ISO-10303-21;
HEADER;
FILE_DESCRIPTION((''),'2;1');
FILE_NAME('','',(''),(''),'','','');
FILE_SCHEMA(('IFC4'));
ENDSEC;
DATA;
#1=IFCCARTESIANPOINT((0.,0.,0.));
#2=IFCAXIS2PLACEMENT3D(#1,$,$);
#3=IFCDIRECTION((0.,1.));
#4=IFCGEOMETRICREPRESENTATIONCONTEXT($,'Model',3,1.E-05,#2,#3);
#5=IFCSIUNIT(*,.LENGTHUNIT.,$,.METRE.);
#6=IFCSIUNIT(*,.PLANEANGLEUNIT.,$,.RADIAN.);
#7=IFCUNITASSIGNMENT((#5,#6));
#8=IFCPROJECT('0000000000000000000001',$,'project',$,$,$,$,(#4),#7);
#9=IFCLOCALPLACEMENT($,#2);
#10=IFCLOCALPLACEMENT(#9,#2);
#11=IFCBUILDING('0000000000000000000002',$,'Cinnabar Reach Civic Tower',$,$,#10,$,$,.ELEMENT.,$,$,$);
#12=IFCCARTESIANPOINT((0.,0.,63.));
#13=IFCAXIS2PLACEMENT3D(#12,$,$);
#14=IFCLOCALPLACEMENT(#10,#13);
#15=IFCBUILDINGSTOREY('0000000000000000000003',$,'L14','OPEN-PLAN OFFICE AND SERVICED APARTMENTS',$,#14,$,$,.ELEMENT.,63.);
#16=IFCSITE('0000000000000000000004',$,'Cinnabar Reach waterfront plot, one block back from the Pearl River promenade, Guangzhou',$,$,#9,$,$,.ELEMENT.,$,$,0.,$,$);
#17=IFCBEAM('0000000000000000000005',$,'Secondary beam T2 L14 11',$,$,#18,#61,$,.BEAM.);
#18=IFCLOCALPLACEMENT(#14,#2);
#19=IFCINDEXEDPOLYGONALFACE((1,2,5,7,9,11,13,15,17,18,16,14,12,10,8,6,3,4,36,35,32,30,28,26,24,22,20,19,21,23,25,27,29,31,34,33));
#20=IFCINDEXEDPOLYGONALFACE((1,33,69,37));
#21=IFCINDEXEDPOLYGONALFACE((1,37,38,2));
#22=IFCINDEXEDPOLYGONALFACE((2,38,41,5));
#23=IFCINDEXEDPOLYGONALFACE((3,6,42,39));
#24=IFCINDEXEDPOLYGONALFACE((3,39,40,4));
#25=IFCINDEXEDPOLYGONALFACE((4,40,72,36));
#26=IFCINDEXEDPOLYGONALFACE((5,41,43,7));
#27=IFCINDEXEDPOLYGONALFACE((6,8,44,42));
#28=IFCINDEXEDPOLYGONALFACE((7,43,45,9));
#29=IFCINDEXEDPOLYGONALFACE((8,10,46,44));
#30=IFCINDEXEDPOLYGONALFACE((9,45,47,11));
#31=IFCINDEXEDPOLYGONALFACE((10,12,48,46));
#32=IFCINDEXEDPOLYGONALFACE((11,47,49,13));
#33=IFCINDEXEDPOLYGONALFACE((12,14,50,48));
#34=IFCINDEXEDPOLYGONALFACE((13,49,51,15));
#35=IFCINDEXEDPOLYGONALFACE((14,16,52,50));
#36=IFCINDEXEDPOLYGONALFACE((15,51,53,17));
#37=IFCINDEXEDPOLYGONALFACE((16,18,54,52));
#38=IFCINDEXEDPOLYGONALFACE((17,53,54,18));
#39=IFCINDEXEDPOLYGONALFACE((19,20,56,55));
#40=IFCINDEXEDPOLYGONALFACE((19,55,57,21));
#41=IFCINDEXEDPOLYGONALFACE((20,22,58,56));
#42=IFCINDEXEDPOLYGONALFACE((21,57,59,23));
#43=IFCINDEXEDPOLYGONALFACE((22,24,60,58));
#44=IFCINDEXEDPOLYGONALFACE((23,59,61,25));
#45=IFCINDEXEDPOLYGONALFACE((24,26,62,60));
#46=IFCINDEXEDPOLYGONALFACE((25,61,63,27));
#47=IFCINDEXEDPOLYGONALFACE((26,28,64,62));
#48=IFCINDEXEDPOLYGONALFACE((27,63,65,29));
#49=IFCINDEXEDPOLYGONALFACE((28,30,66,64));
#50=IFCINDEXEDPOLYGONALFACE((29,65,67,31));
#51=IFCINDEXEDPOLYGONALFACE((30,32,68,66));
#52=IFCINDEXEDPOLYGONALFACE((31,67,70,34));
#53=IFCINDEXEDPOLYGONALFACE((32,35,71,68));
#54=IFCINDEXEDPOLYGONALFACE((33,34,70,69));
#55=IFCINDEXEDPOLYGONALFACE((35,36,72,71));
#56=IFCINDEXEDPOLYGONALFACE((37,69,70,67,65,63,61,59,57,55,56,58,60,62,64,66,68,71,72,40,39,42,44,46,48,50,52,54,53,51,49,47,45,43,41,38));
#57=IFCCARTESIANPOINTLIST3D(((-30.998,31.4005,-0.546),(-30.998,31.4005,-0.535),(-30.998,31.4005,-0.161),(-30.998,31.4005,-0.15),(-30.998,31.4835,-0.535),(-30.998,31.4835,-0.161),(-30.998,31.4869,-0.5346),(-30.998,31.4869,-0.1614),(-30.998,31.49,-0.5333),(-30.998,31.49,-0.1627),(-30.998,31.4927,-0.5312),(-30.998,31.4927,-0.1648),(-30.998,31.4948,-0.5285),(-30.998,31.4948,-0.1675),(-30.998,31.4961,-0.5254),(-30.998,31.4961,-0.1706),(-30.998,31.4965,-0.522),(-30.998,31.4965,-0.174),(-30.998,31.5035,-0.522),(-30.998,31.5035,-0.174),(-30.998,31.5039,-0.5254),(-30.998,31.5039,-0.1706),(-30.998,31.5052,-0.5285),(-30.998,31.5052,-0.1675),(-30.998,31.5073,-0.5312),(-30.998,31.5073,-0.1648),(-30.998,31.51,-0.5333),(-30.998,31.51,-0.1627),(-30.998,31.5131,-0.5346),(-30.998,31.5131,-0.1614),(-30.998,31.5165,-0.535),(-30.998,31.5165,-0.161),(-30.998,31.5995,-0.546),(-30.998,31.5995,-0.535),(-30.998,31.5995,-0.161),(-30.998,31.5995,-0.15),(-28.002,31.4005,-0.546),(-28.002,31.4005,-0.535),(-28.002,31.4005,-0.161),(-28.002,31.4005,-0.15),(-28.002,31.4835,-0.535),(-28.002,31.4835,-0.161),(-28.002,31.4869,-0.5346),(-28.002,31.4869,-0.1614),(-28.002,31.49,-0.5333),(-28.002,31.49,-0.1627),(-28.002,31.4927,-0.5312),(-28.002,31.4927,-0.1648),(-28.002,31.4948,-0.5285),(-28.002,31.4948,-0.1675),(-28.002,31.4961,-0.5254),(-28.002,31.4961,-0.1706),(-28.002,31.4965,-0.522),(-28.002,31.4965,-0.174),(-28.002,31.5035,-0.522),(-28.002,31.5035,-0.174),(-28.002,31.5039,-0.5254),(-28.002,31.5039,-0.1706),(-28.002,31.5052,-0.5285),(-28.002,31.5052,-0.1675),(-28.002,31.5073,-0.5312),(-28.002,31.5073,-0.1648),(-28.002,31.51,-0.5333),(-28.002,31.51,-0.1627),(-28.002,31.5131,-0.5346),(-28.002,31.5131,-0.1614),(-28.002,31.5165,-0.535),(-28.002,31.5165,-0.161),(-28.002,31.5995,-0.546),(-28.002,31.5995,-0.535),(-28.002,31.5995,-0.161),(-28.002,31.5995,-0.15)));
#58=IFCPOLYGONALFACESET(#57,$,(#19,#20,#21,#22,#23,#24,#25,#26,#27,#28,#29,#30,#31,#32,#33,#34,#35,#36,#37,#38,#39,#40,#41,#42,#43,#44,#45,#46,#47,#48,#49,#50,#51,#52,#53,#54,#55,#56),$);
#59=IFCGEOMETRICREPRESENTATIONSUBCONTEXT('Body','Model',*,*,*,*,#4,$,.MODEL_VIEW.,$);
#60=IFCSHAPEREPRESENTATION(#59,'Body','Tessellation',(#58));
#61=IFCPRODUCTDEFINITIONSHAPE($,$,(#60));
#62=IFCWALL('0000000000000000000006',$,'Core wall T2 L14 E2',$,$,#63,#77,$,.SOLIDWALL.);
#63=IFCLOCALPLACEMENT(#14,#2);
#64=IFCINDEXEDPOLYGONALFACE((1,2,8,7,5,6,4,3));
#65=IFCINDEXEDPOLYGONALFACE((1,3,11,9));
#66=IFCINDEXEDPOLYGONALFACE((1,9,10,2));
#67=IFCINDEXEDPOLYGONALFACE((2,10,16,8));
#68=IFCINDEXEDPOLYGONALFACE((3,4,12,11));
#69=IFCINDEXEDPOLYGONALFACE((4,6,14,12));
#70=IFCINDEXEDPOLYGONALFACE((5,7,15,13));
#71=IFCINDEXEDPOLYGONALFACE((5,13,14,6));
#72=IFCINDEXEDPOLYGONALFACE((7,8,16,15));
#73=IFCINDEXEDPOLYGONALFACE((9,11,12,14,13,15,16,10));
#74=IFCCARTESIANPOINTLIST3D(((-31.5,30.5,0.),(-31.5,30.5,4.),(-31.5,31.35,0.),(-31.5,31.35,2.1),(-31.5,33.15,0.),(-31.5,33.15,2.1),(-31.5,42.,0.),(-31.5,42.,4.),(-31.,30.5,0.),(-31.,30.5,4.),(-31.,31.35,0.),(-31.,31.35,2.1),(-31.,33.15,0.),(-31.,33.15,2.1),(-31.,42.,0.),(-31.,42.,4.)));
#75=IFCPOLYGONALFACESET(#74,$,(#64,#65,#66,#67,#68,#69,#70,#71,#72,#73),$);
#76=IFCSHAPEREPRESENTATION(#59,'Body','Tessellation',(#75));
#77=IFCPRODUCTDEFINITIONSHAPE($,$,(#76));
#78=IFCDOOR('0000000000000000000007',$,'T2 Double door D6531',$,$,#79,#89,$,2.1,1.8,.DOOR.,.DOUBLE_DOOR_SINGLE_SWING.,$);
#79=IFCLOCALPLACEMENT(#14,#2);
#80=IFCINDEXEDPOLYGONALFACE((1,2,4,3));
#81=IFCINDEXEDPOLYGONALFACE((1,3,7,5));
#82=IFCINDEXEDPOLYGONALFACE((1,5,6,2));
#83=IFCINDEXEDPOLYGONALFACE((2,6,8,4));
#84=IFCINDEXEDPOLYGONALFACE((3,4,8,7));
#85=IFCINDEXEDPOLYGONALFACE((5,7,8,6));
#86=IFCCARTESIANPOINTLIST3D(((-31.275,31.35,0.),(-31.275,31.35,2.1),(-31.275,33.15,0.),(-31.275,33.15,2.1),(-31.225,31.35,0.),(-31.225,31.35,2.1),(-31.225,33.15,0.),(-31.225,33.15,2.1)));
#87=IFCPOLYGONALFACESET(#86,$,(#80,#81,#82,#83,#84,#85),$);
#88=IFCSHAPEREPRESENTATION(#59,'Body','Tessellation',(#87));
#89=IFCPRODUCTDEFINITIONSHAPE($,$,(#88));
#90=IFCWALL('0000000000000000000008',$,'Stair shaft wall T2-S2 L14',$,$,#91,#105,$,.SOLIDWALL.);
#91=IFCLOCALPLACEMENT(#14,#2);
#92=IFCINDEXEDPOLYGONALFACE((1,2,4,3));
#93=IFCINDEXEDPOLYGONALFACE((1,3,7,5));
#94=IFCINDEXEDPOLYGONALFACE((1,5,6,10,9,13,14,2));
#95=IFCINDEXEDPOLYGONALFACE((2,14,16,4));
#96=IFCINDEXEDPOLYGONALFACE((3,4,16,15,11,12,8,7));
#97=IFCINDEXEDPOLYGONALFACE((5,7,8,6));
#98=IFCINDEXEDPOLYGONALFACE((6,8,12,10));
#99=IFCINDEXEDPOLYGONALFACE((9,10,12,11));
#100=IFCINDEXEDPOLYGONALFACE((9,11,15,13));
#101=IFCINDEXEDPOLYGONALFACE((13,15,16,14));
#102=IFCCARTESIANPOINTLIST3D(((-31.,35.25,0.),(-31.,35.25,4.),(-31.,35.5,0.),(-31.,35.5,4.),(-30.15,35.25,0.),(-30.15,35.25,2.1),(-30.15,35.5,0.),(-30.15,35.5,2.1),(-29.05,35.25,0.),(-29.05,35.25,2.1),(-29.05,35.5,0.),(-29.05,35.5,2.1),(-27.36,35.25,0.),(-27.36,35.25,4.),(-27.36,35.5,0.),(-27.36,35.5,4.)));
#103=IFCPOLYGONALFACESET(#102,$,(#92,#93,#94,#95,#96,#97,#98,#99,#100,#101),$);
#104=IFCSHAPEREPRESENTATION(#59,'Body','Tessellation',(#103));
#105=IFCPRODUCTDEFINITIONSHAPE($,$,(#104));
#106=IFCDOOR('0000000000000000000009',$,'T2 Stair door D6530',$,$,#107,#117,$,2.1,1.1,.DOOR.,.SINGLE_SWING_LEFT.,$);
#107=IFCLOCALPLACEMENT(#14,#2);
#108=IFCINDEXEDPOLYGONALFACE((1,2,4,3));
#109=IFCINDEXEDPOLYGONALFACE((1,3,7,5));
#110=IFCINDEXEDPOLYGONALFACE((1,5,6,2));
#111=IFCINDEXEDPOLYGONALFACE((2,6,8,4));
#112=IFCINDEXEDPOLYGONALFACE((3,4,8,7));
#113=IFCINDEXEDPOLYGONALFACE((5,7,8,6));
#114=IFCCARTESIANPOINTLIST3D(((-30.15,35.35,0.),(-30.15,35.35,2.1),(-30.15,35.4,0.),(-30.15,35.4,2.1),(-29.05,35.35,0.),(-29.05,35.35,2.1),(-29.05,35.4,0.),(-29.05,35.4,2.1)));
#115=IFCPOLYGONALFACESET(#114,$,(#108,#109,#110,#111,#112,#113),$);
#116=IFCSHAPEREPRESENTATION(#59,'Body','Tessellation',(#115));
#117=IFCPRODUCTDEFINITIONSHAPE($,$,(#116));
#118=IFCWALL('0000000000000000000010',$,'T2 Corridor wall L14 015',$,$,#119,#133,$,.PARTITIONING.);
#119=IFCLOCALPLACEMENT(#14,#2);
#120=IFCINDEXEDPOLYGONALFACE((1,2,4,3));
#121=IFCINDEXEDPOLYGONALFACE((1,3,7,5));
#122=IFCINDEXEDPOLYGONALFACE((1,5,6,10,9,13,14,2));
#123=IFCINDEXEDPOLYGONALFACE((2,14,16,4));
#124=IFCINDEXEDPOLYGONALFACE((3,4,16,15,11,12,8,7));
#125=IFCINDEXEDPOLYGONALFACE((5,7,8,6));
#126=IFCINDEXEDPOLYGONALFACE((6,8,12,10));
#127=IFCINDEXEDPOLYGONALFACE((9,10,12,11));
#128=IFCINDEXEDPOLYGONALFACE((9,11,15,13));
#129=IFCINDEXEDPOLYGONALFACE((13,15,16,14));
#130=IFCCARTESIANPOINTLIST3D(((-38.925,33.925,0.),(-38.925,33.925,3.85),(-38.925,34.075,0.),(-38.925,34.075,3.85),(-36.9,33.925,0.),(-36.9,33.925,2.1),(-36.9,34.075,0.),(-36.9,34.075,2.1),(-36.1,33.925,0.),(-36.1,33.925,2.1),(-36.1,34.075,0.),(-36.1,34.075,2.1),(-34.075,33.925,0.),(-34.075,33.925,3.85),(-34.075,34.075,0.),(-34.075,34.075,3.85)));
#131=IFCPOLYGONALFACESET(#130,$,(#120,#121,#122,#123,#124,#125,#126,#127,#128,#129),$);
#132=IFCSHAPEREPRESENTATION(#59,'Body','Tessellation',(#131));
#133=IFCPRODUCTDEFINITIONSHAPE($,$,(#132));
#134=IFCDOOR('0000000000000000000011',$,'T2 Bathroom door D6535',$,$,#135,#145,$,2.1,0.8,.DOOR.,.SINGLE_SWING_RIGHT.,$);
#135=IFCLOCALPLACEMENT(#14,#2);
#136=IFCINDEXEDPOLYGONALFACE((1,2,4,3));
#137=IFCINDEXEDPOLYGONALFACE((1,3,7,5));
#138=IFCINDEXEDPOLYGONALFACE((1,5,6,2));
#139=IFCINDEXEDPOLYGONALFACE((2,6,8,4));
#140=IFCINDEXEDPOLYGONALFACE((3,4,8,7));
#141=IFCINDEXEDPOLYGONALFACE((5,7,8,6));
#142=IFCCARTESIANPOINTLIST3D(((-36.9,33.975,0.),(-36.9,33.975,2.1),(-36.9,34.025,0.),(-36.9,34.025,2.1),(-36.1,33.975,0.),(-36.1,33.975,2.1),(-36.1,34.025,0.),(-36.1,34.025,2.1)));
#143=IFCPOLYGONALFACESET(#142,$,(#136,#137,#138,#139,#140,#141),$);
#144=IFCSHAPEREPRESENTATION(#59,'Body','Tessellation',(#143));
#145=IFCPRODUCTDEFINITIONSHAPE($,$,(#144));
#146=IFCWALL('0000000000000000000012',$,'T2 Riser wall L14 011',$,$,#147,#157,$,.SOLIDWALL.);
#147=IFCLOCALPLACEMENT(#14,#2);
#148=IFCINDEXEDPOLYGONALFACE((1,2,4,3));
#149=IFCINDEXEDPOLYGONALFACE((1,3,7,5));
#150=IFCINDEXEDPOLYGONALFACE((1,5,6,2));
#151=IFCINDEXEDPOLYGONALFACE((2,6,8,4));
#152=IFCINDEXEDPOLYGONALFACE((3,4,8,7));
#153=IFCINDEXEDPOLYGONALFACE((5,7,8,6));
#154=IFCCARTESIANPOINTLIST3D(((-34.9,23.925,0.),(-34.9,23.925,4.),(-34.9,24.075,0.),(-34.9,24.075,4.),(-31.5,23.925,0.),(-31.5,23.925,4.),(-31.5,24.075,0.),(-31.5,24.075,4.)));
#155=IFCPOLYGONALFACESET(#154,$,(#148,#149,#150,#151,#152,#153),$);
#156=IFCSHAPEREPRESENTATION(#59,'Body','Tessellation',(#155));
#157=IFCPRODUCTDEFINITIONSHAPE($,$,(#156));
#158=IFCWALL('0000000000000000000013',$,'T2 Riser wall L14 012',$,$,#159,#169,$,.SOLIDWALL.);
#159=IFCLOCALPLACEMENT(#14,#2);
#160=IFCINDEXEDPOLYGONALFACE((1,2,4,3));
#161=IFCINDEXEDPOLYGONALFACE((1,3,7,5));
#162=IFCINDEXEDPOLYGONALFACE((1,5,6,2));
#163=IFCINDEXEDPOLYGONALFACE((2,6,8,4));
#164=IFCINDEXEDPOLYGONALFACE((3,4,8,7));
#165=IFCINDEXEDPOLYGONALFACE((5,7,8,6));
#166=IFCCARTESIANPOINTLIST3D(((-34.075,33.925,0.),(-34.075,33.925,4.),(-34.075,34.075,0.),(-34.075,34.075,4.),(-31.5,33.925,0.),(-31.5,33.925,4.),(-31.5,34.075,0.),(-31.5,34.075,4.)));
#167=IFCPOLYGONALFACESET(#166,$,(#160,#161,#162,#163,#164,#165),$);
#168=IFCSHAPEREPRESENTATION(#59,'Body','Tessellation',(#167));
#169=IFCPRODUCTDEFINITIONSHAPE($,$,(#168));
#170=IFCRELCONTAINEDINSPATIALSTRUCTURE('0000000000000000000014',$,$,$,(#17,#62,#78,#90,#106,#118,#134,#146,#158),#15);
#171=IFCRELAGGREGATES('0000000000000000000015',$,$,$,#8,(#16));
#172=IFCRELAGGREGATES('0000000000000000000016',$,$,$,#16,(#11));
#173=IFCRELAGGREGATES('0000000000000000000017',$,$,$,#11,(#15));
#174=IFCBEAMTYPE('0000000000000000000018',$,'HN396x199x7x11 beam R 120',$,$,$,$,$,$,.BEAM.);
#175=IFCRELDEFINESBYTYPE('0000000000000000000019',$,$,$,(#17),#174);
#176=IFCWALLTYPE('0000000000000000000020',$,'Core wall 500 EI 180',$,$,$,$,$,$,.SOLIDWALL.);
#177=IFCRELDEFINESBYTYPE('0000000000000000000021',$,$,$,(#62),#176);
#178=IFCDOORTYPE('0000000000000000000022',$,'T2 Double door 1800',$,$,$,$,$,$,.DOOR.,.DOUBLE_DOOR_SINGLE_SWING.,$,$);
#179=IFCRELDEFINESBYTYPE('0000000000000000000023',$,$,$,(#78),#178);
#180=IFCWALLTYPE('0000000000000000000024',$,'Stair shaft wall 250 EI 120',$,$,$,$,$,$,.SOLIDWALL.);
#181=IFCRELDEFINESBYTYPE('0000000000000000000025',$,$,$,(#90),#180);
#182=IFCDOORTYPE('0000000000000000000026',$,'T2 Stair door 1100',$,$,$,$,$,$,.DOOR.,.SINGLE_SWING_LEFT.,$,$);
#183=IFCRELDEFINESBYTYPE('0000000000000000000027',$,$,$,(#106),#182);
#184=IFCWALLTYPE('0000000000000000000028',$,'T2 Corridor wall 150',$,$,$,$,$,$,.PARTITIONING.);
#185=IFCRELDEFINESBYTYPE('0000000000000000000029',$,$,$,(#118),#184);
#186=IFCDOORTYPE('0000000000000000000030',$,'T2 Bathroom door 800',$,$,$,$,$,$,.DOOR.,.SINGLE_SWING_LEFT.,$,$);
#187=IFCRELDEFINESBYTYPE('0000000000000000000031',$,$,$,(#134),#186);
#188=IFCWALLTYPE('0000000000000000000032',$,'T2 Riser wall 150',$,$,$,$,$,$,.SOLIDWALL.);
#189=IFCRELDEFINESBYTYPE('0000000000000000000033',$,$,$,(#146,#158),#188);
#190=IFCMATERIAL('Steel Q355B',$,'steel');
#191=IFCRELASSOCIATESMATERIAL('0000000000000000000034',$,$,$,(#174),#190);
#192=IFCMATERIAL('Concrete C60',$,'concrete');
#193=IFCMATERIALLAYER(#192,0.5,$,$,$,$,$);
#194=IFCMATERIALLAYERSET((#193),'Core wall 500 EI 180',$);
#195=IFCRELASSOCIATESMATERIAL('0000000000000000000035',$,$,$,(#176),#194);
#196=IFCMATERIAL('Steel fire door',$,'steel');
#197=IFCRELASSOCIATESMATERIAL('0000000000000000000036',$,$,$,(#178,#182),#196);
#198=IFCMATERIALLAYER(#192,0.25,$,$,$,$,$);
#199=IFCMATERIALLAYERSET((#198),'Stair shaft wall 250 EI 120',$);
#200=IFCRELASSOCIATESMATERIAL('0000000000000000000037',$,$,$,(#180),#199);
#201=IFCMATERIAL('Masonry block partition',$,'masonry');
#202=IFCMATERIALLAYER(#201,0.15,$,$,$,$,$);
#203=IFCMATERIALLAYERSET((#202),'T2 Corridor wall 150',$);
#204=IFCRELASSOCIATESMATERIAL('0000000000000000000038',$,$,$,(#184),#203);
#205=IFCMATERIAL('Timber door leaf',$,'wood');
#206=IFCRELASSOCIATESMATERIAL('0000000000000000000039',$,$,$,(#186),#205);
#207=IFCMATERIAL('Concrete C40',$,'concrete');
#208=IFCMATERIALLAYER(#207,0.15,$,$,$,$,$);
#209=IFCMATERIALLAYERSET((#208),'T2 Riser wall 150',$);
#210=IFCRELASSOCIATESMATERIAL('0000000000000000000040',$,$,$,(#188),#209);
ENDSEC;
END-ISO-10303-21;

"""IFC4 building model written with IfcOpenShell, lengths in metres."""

from ifc_helpers import new_model, si_unit, direction, frame, frame_2d, origin, origin_2d, place, context, subcontext, project, spatial, rectangle, i_section, extrude, material, layer, layer_set, material_profile, profile_set, type_object, element, fill, save


model = new_model("IFC4")

# Units and contexts
model_context = context("Model", 3, precision=1e-05, world=origin(), true_north=direction((0.0, 1.0)))
body_context = subcontext(model_context, "Body", "Model", "MODEL_VIEW")
ifc_project = project(units=[si_unit("LENGTHUNIT", "METRE"), si_unit("PLANEANGLEUNIT", "RADIAN")], contexts=[model_context])

# Site, building, storey
site_placement = place(None, origin())
site = spatial("IfcSite", under=ifc_project, at=site_placement, Name="Cinnabar Reach waterfront plot, one block back from the Pearl River promenade, Guangzhou", CompositionType="ELEMENT", RefElevation=0.0)
building_placement = place(site_placement, origin())
building = spatial("IfcBuilding", under=site, at=building_placement, Name="Cinnabar Reach Civic Tower", CompositionType="ELEMENT")
storey_placement = place(building_placement, frame((0.0, 0.0, 63.0)))
storey = spatial("IfcBuildingStorey", under=building, at=storey_placement, Name="L14", Description="OPEN-PLAN OFFICE AND SERVICED APARTMENTS", CompositionType="ELEMENT", Elevation=63.0)

# Beam
ifc_material_1 = material(Name="Steel Q355B", Category="steel")
ifc_material_profile = material_profile(ifc_material_1, i_section(OverallWidth=0.199, OverallDepth=0.396, WebThickness=0.007, FlangeThickness=0.011, FilletRadius=0.013, at=origin_2d()), Name="HN396x199x7x11")
ifc_profile_set = profile_set([ifc_material_profile], Name="Steel Q355B")
beam_type = type_object("IfcBeamType", Name="HN396x199x7x11 beam R 120", PredefinedType="BEAM", material=ifc_profile_set)
beam_placement = place(storey_placement, frame((-30.998, 31.5, -0.348), z_axis=(1.0, 0.0, 0.0), x_axis=(0.0, 1.0, 0.0)))
element("IfcBeam", 1, at=beam_placement, inside=storey, type_object=beam_type, Name="Secondary beam T2 L14 11", PredefinedType="BEAM", context=body_context, shape_type="SweptSolid", body=[
    extrude(i_section(OverallWidth=0.199, OverallDepth=0.396, WebThickness=0.007, FlangeThickness=0.011, FilletRadius=0.013, at=origin_2d()), origin(), (0.0, 0.0, 1.0), 2.996),
])

# Walls, openings, doors
ifc_material_2 = material(Name="Concrete C60", Category="concrete")
ifc_layer_1 = layer(ifc_material_2, 0.5)
ifc_layer_set_1 = layer_set([ifc_layer_1], Name="Core wall 500 EI 180")
wall_type_1 = type_object("IfcWallType", Name="Core wall 500 EI 180", PredefinedType="SOLIDWALL", material=ifc_layer_set_1)
wall_1_placement = place(storey_placement, frame((-31.25, 30.5, 0.0), z_axis=(0.0, 0.0, 1.0), x_axis=(0.0, 1.0, 0.0)))
wall_1 = element("IfcWall", 2, at=wall_1_placement, inside=storey, type_object=wall_type_1, Name="Core wall T2 L14 E2", PredefinedType="SOLIDWALL", context=body_context, shape_type="SweptSolid", body=[
    extrude(rectangle(XDim=11.5, YDim=0.5, at=frame_2d((5.75, 0.0))), origin(), (0.0, 0.0, 1.0), 4.0),
])
opening_1_placement = place(wall_1_placement, frame((0.85, 0.0, 0.0)))
opening_1 = element("IfcOpeningElement", 3, at=opening_1_placement, cuts=wall_1, PredefinedType="OPENING", context=body_context, shape_type="SweptSolid", body=[
    extrude(rectangle(XDim=1.8, YDim=2.1, at=frame_2d((0.9, 1.05))), frame((0.0, 0.26, 0.0), z_axis=(0.0, -1.0, 0.0), x_axis=(1.0, 0.0, 0.0)), (0.0, 0.0, 1.0), 0.52),
])
ifc_material_3 = material(Name="Steel fire door", Category="steel")
door_type_1 = type_object("IfcDoorType", Name="T2 Double door 1800", OperationType="DOUBLE_DOOR_SINGLE_SWING", PredefinedType="DOOR", material=ifc_material_3)
door_1_placement = place(opening_1_placement, origin())
door_1 = element("IfcDoor", 4, at=door_1_placement, inside=storey, type_object=door_type_1, Name="T2 Double door D6531", OperationType="DOUBLE_DOOR_SINGLE_SWING", OverallHeight=2.1, OverallWidth=1.8, PredefinedType="DOOR", context=body_context, shape_type="SweptSolid", body=[
    extrude(rectangle(XDim=1.8, YDim=2.1, at=frame_2d((0.9, 1.05))), frame((0.0, 0.025, 0.0), z_axis=(0.0, -1.0, 0.0), x_axis=(1.0, 0.0, 0.0)), (0.0, 0.0, 1.0), 0.05),
])
fill(opening_1, door_1)
ifc_layer_2 = layer(ifc_material_2, 0.25)
ifc_layer_set_2 = layer_set([ifc_layer_2], Name="Stair shaft wall 250 EI 120")
wall_type_2 = type_object("IfcWallType", Name="Stair shaft wall 250 EI 120", PredefinedType="SOLIDWALL", material=ifc_layer_set_2)
wall_2_placement = place(storey_placement, frame((-31.0, 35.375, 0.0), z_axis=(0.0, 0.0, 1.0), x_axis=(1.0, 0.0, 0.0)))
wall_2 = element("IfcWall", 5, at=wall_2_placement, inside=storey, type_object=wall_type_2, Name="Stair shaft wall T2-S2 L14", PredefinedType="SOLIDWALL", context=body_context, shape_type="SweptSolid", body=[
    extrude(rectangle(XDim=3.64, YDim=0.25, at=frame_2d((1.82, 0.0))), origin(), (0.0, 0.0, 1.0), 4.0),
])
opening_2_placement = place(wall_2_placement, frame((0.85, 0.0, 0.0)))
opening_2 = element("IfcOpeningElement", 6, at=opening_2_placement, cuts=wall_2, PredefinedType="OPENING", context=body_context, shape_type="SweptSolid", body=[
    extrude(rectangle(XDim=1.1, YDim=2.1, at=frame_2d((0.55, 1.05))), frame((0.0, 0.135, 0.0), z_axis=(0.0, -1.0, 0.0), x_axis=(1.0, 0.0, 0.0)), (0.0, 0.0, 1.0), 0.27),
])
door_type_2 = type_object("IfcDoorType", Name="T2 Stair door 1100", OperationType="SINGLE_SWING_LEFT", PredefinedType="DOOR", material=ifc_material_3)
door_2_placement = place(opening_2_placement, origin())
door_2 = element("IfcDoor", 7, at=door_2_placement, inside=storey, type_object=door_type_2, Name="T2 Stair door D6530", OperationType="SINGLE_SWING_LEFT", OverallHeight=2.1, OverallWidth=1.1, PredefinedType="DOOR", context=body_context, shape_type="SweptSolid", body=[
    extrude(rectangle(XDim=1.1, YDim=2.1, at=frame_2d((0.55, 1.05))), frame((0.0, 0.025, 0.0), z_axis=(0.0, -1.0, 0.0), x_axis=(1.0, 0.0, 0.0)), (0.0, 0.0, 1.0), 0.05),
])
fill(opening_2, door_2)
ifc_material_4 = material(Name="Masonry block partition", Category="masonry")
ifc_layer_3 = layer(ifc_material_4, 0.15)
ifc_layer_set_3 = layer_set([ifc_layer_3], Name="T2 Corridor wall 150")
wall_type_3 = type_object("IfcWallType", Name="T2 Corridor wall 150", PredefinedType="PARTITIONING", material=ifc_layer_set_3)
wall_3_placement = place(storey_placement, frame((-34.075, 34.0, 0.0), z_axis=(0.0, 0.0, 1.0), x_axis=(-1.0, 0.0, 0.0)))
wall_3 = element("IfcWall", 8, at=wall_3_placement, inside=storey, type_object=wall_type_3, Name="T2 Corridor wall L14 015", PredefinedType="PARTITIONING", context=body_context, shape_type="SweptSolid", body=[
    extrude(rectangle(XDim=4.85, YDim=0.15, at=frame_2d((2.425, 0.0))), origin(), (0.0, 0.0, 1.0), 3.85),
])
opening_3_placement = place(wall_3_placement, frame((2.025, 0.0, 0.0)))
opening_3 = element("IfcOpeningElement", 9, at=opening_3_placement, cuts=wall_3, PredefinedType="OPENING", context=body_context, shape_type="SweptSolid", body=[
    extrude(rectangle(XDim=0.8, YDim=2.1, at=frame_2d((0.4, 1.05))), frame((0.0, 0.085, 0.0), z_axis=(0.0, -1.0, 0.0), x_axis=(1.0, 0.0, 0.0)), (0.0, 0.0, 1.0), 0.17),
])
ifc_material_5 = material(Name="Timber door leaf", Category="wood")
door_type_3 = type_object("IfcDoorType", Name="T2 Bathroom door 800", OperationType="SINGLE_SWING_LEFT", PredefinedType="DOOR", material=ifc_material_5)
door_3_placement = place(opening_3_placement, frame((0.8, 0.0, 0.0), z_axis=(0.0, 0.0, 1.0), x_axis=(-1.0, 0.0, 0.0)))
door_3 = element("IfcDoor", 10, at=door_3_placement, inside=storey, type_object=door_type_3, Name="T2 Bathroom door D6535", OperationType="SINGLE_SWING_RIGHT", OverallHeight=2.1, OverallWidth=0.8, PredefinedType="DOOR", context=body_context, shape_type="SweptSolid", body=[
    extrude(rectangle(XDim=0.8, YDim=2.1, at=frame_2d((0.4, 1.05))), frame((0.0, 0.025, 0.0), z_axis=(0.0, -1.0, 0.0), x_axis=(1.0, 0.0, 0.0)), (0.0, 0.0, 1.0), 0.05),
])
fill(opening_3, door_3)

# Walls
ifc_material_6 = material(Name="Concrete C40", Category="concrete")
ifc_layer_4 = layer(ifc_material_6, 0.15)
ifc_layer_set_4 = layer_set([ifc_layer_4], Name="T2 Riser wall 150")
wall_type_4 = type_object("IfcWallType", Name="T2 Riser wall 150", PredefinedType="SOLIDWALL", material=ifc_layer_set_4)
wall_4_placement = place(storey_placement, frame((-31.5, 24.0, 0.0), z_axis=(0.0, 0.0, 1.0), x_axis=(-1.0, 0.0, 0.0)))
element("IfcWall", 11, at=wall_4_placement, inside=storey, type_object=wall_type_4, Name="T2 Riser wall L14 011", PredefinedType="SOLIDWALL", context=body_context, shape_type="SweptSolid", body=[
    extrude(rectangle(XDim=3.4, YDim=0.15, at=frame_2d((1.7, 0.0))), origin(), (0.0, 0.0, 1.0), 4.0),
])
wall_5_placement = place(storey_placement, frame((-34.075, 34.0, 0.0), z_axis=(0.0, 0.0, 1.0), x_axis=(1.0, 0.0, 0.0)))
element("IfcWall", 12, at=wall_5_placement, inside=storey, type_object=wall_type_4, Name="T2 Riser wall L14 012", PredefinedType="SOLIDWALL", context=body_context, shape_type="SweptSolid", body=[
    extrude(rectangle(XDim=2.575, YDim=0.15, at=frame_2d((1.2875, 0.0))), origin(), (0.0, 0.0, 1.0), 4.0),
])

save(model, "model.ifc")
